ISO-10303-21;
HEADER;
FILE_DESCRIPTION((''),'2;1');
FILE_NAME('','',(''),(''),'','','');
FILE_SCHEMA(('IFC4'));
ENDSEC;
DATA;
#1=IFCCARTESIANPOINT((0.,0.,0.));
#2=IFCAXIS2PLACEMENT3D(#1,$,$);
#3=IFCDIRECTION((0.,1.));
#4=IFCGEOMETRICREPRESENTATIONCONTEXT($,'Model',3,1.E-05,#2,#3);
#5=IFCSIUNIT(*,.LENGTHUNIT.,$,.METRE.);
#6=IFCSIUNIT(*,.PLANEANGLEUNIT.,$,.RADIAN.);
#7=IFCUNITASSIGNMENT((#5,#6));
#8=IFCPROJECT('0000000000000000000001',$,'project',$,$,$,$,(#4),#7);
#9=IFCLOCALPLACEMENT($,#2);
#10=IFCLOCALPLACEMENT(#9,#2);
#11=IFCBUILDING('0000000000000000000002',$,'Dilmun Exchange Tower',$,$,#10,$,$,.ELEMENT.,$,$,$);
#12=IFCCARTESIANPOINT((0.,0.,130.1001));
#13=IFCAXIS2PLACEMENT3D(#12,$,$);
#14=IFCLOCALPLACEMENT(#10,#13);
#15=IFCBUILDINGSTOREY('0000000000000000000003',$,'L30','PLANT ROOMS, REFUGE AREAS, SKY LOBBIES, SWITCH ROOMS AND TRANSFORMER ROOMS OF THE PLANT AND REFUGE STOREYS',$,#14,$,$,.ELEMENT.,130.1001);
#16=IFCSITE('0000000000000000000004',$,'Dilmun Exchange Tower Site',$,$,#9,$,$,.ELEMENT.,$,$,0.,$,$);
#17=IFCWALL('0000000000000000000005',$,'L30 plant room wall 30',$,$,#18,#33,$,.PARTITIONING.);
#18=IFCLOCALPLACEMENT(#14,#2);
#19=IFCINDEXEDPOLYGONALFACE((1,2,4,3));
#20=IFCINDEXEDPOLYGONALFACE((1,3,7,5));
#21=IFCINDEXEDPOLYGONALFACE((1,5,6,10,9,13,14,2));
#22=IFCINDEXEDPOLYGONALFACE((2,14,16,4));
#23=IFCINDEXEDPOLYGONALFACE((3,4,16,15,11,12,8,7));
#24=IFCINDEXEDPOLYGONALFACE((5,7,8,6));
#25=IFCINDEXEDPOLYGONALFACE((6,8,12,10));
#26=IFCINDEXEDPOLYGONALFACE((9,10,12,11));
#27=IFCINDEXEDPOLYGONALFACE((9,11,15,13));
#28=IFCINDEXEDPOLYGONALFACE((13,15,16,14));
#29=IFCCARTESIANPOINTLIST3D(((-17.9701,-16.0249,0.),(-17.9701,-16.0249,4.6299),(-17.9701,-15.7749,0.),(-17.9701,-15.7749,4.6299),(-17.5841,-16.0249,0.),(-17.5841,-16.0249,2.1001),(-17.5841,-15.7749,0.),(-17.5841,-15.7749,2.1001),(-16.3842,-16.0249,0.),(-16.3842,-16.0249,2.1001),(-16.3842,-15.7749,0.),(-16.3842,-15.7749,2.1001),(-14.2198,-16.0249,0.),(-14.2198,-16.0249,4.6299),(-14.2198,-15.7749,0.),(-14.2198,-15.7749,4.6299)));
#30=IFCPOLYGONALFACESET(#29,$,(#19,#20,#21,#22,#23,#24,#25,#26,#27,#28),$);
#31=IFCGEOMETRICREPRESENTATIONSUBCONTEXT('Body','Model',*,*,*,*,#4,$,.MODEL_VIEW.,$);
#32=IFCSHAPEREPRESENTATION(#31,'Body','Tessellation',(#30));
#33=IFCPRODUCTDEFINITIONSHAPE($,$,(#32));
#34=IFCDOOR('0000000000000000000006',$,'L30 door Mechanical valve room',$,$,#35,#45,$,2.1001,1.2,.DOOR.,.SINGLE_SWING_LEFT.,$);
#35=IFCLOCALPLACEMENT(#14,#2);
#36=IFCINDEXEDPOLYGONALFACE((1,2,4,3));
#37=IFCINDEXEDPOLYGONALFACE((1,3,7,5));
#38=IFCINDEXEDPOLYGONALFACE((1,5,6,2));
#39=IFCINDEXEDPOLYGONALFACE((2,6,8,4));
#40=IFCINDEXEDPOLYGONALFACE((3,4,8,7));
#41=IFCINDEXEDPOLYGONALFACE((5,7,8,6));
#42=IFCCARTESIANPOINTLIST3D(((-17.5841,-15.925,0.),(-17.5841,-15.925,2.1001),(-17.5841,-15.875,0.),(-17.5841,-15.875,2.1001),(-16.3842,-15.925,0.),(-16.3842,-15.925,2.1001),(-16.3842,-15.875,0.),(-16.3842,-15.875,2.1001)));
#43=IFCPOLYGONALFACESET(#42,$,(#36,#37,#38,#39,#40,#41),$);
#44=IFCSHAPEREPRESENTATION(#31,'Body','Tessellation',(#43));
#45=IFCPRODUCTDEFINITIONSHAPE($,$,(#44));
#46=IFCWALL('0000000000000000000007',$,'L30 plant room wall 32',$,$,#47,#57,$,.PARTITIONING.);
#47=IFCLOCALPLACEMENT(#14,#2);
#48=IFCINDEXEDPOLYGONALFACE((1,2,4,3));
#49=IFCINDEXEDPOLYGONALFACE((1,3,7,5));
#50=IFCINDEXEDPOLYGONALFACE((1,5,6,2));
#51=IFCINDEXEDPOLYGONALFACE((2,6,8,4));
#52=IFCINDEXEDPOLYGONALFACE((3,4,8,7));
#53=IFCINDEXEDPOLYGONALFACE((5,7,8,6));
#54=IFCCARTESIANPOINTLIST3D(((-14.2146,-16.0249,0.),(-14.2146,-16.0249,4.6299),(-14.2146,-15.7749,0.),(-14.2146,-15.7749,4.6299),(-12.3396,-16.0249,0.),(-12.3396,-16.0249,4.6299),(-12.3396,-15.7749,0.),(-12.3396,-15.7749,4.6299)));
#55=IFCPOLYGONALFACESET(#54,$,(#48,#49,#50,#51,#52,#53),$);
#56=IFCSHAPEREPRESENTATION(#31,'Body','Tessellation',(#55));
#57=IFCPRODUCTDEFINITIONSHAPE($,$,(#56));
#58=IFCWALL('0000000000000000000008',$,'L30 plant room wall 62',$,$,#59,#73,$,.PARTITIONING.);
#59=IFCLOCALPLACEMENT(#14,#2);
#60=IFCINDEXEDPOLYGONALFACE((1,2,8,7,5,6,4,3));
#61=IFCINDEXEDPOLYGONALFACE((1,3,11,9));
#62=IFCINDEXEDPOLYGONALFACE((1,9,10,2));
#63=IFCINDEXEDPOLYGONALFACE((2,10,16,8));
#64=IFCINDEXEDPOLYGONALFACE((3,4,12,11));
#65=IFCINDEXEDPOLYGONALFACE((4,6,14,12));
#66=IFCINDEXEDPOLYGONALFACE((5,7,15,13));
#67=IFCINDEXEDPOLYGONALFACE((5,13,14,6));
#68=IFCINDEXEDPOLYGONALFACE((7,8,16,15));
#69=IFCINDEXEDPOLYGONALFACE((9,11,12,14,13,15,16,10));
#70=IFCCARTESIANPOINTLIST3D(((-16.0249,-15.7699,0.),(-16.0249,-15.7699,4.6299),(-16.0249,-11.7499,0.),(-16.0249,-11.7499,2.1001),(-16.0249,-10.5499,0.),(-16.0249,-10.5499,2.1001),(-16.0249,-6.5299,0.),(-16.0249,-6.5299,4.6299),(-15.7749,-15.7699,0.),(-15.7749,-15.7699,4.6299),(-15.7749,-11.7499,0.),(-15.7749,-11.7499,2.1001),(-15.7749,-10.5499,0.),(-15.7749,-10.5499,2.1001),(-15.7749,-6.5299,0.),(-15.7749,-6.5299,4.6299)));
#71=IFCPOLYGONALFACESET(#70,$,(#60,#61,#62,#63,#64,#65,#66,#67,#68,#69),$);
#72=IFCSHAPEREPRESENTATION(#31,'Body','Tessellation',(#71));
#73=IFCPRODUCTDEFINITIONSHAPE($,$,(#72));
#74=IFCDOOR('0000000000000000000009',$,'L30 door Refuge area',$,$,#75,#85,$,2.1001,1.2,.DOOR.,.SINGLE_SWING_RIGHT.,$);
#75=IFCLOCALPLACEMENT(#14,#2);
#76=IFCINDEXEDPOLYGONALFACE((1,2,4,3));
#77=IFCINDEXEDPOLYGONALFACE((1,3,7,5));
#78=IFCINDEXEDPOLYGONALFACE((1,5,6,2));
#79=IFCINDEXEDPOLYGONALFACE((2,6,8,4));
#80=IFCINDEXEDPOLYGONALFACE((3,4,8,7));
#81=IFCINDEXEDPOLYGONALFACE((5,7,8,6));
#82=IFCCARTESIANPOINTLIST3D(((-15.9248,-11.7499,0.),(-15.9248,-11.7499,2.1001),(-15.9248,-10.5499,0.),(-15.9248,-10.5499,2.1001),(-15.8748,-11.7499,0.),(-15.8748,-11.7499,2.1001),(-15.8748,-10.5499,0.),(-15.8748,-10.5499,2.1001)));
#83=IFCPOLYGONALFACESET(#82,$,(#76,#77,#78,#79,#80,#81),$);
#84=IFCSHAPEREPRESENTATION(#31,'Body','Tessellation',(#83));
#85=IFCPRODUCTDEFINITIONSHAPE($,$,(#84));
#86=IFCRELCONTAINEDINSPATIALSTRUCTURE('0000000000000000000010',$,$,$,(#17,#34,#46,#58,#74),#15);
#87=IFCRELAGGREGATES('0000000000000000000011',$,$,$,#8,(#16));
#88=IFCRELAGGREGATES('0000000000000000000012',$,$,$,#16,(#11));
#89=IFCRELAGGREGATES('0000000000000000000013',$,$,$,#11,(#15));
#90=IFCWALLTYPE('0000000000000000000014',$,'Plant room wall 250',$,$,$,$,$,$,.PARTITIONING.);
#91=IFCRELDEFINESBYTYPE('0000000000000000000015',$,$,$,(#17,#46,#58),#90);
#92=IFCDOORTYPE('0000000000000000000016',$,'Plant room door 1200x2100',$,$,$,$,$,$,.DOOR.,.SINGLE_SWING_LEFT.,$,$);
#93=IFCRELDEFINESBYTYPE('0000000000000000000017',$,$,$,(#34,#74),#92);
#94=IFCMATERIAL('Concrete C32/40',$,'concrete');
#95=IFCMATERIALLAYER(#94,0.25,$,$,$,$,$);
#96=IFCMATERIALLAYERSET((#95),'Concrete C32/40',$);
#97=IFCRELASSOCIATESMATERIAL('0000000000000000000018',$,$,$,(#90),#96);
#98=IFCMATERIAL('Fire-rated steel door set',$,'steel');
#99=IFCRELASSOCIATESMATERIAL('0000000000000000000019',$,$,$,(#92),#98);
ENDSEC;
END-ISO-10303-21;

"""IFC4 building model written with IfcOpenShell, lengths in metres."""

from ifc_helpers import new_model, si_unit, direction, frame, frame_2d, origin, place, context, subcontext, project, spatial, rectangle, extrude, material, layer, layer_set, type_object, element, fill, save


model = new_model("IFC4")

# Units and contexts
model_context = context("Model", 3, precision=1e-05, world=origin(), true_north=direction((0.0, 1.0)))
body_context = subcontext(model_context, "Body", "Model", "MODEL_VIEW")
ifc_project = project(units=[si_unit("LENGTHUNIT", "METRE"), si_unit("PLANEANGLEUNIT", "RADIAN")], contexts=[model_context])

# Site, building, storey
site_placement = place(None, origin())
site = spatial("IfcSite", under=ifc_project, at=site_placement, Name="Dilmun Exchange Tower Site", CompositionType="ELEMENT", RefElevation=0.0)
building_placement = place(site_placement, origin())
building = spatial("IfcBuilding", under=site, at=building_placement, Name="Dilmun Exchange Tower", CompositionType="ELEMENT")
storey_placement = place(building_placement, frame((0.0, 0.0, 130.1001)))
storey = spatial("IfcBuildingStorey", under=building, at=storey_placement, Name="L30", Description="PLANT ROOMS, REFUGE AREAS, SKY LOBBIES, SWITCH ROOMS AND TRANSFORMER ROOMS OF THE PLANT AND REFUGE STOREYS", CompositionType="ELEMENT", Elevation=130.1001)

# Shared definitions
ifc_material_1 = material(Name="Fire-rated steel door set", Category="steel")

# Shared definitions
ifc_material_2 = material(Name="Concrete C32/40", Category="concrete")
ifc_layer_1 = layer(ifc_material_2, 0.25)
ifc_layer_set_1 = layer_set([ifc_layer_1], Name="Concrete C32/40")
wall_type_1 = type_object("IfcWallType", Name="Plant room wall 250", PredefinedType="PARTITIONING", material=ifc_layer_set_1)

# Wall, opening, door
wall_1_placement = place(storey_placement, frame((-17.97, -15.8999, 0.0), z_axis=(0.0, 0.0, 1.0), x_axis=(1.0, 0.0, 0.0)))
wall_1 = element("IfcWall", 1, at=wall_1_placement, inside=storey, type_object=wall_type_1, Name="L30 plant room wall 30", PredefinedType="PARTITIONING", context=body_context, shape_type="SweptSolid", body=[
    extrude(rectangle(XDim=3.7502, YDim=0.25, at=frame_2d((1.875, 0.0))), origin(), (0.0, 0.0, 1.0), 4.6299),
])
opening_1_placement = place(wall_1_placement, frame((0.3857, 0.0, 0.0)))
opening_1 = element("IfcOpeningElement", 2, at=opening_1_placement, cuts=wall_1, PredefinedType="OPENING", context=body_context, shape_type="SweptSolid", body=[
    extrude(rectangle(XDim=1.2, YDim=2.1001, at=frame_2d((0.6001, 1.05))), frame((0.0, 0.135, 0.0), z_axis=(0.0, -1.0, 0.0), x_axis=(1.0, 0.0, 0.0)), (0.0, 0.0, 1.0), 0.27),
])
door_type_1 = type_object("IfcDoorType", Name="Plant room door 1200x2100", OperationType="SINGLE_SWING_LEFT", PredefinedType="DOOR", material=ifc_material_1)
door_1_placement = place(opening_1_placement, origin())
door_1 = element("IfcDoor", 3, at=door_1_placement, inside=storey, type_object=door_type_1, Name="L30 door Mechanical valve room", OperationType="SINGLE_SWING_LEFT", OverallHeight=2.1001, OverallWidth=1.2, PredefinedType="DOOR", context=body_context, shape_type="SweptSolid", body=[
    extrude(rectangle(XDim=1.2, YDim=2.1001, at=frame_2d((0.6001, 1.05))), frame((0.0, 0.0249, 0.0), z_axis=(0.0, -1.0, 0.0), x_axis=(1.0, 0.0, 0.0)), (0.0, 0.0, 1.0), 0.05),
])
fill(opening_1, door_1)

# Wall
wall_2_placement = place(storey_placement, frame((-14.2146, -15.8999, 0.0), z_axis=(0.0, 0.0, 1.0), x_axis=(1.0, 0.0, 0.0)))
element("IfcWall", 4, at=wall_2_placement, inside=storey, type_object=wall_type_1, Name="L30 plant room wall 32", PredefinedType="PARTITIONING", context=body_context, shape_type="SweptSolid", body=[
    extrude(rectangle(XDim=1.875, YDim=0.25, at=frame_2d((0.9375, 0.0))), origin(), (0.0, 0.0, 1.0), 4.6299),
])

# Wall, opening, door
wall_3_placement = place(storey_placement, frame((-15.8999, -15.77, 0.0), z_axis=(0.0, 0.0, 1.0), x_axis=(0.0, 1.0, 0.0)))
wall_3 = element("IfcWall", 5, at=wall_3_placement, inside=storey, type_object=wall_type_1, Name="L30 plant room wall 62", PredefinedType="PARTITIONING", context=body_context, shape_type="SweptSolid", body=[
    extrude(rectangle(XDim=9.24, YDim=0.25, at=frame_2d((4.6201, 0.0))), origin(), (0.0, 0.0, 1.0), 4.6299),
])
opening_2_placement = place(wall_3_placement, frame((4.02, 0.0, 0.0)))
opening_2 = element("IfcOpeningElement", 6, at=opening_2_placement, cuts=wall_3, PredefinedType="OPENING", context=body_context, shape_type="SweptSolid", body=[
    extrude(rectangle(XDim=1.2, YDim=2.1001, at=frame_2d((0.6001, 1.05))), frame((0.0, 0.135, 0.0), z_axis=(0.0, -1.0, 0.0), x_axis=(1.0, 0.0, 0.0)), (0.0, 0.0, 1.0), 0.27),
])
door_2_placement = place(opening_2_placement, origin())
door_2 = element("IfcDoor", 7, at=door_2_placement, inside=storey, type_object=door_type_1, Name="L30 door Refuge area", OperationType="SINGLE_SWING_RIGHT", OverallHeight=2.1001, OverallWidth=1.2, PredefinedType="DOOR", context=body_context, shape_type="SweptSolid", body=[
    extrude(rectangle(XDim=1.2, YDim=2.1001, at=frame_2d((0.6001, 1.05))), frame((0.0, 0.0249, 0.0), z_axis=(0.0, -1.0, 0.0), x_axis=(1.0, 0.0, 0.0)), (0.0, 0.0, 1.0), 0.05),
])
fill(opening_2, door_2)

save(model, "model.ifc")
